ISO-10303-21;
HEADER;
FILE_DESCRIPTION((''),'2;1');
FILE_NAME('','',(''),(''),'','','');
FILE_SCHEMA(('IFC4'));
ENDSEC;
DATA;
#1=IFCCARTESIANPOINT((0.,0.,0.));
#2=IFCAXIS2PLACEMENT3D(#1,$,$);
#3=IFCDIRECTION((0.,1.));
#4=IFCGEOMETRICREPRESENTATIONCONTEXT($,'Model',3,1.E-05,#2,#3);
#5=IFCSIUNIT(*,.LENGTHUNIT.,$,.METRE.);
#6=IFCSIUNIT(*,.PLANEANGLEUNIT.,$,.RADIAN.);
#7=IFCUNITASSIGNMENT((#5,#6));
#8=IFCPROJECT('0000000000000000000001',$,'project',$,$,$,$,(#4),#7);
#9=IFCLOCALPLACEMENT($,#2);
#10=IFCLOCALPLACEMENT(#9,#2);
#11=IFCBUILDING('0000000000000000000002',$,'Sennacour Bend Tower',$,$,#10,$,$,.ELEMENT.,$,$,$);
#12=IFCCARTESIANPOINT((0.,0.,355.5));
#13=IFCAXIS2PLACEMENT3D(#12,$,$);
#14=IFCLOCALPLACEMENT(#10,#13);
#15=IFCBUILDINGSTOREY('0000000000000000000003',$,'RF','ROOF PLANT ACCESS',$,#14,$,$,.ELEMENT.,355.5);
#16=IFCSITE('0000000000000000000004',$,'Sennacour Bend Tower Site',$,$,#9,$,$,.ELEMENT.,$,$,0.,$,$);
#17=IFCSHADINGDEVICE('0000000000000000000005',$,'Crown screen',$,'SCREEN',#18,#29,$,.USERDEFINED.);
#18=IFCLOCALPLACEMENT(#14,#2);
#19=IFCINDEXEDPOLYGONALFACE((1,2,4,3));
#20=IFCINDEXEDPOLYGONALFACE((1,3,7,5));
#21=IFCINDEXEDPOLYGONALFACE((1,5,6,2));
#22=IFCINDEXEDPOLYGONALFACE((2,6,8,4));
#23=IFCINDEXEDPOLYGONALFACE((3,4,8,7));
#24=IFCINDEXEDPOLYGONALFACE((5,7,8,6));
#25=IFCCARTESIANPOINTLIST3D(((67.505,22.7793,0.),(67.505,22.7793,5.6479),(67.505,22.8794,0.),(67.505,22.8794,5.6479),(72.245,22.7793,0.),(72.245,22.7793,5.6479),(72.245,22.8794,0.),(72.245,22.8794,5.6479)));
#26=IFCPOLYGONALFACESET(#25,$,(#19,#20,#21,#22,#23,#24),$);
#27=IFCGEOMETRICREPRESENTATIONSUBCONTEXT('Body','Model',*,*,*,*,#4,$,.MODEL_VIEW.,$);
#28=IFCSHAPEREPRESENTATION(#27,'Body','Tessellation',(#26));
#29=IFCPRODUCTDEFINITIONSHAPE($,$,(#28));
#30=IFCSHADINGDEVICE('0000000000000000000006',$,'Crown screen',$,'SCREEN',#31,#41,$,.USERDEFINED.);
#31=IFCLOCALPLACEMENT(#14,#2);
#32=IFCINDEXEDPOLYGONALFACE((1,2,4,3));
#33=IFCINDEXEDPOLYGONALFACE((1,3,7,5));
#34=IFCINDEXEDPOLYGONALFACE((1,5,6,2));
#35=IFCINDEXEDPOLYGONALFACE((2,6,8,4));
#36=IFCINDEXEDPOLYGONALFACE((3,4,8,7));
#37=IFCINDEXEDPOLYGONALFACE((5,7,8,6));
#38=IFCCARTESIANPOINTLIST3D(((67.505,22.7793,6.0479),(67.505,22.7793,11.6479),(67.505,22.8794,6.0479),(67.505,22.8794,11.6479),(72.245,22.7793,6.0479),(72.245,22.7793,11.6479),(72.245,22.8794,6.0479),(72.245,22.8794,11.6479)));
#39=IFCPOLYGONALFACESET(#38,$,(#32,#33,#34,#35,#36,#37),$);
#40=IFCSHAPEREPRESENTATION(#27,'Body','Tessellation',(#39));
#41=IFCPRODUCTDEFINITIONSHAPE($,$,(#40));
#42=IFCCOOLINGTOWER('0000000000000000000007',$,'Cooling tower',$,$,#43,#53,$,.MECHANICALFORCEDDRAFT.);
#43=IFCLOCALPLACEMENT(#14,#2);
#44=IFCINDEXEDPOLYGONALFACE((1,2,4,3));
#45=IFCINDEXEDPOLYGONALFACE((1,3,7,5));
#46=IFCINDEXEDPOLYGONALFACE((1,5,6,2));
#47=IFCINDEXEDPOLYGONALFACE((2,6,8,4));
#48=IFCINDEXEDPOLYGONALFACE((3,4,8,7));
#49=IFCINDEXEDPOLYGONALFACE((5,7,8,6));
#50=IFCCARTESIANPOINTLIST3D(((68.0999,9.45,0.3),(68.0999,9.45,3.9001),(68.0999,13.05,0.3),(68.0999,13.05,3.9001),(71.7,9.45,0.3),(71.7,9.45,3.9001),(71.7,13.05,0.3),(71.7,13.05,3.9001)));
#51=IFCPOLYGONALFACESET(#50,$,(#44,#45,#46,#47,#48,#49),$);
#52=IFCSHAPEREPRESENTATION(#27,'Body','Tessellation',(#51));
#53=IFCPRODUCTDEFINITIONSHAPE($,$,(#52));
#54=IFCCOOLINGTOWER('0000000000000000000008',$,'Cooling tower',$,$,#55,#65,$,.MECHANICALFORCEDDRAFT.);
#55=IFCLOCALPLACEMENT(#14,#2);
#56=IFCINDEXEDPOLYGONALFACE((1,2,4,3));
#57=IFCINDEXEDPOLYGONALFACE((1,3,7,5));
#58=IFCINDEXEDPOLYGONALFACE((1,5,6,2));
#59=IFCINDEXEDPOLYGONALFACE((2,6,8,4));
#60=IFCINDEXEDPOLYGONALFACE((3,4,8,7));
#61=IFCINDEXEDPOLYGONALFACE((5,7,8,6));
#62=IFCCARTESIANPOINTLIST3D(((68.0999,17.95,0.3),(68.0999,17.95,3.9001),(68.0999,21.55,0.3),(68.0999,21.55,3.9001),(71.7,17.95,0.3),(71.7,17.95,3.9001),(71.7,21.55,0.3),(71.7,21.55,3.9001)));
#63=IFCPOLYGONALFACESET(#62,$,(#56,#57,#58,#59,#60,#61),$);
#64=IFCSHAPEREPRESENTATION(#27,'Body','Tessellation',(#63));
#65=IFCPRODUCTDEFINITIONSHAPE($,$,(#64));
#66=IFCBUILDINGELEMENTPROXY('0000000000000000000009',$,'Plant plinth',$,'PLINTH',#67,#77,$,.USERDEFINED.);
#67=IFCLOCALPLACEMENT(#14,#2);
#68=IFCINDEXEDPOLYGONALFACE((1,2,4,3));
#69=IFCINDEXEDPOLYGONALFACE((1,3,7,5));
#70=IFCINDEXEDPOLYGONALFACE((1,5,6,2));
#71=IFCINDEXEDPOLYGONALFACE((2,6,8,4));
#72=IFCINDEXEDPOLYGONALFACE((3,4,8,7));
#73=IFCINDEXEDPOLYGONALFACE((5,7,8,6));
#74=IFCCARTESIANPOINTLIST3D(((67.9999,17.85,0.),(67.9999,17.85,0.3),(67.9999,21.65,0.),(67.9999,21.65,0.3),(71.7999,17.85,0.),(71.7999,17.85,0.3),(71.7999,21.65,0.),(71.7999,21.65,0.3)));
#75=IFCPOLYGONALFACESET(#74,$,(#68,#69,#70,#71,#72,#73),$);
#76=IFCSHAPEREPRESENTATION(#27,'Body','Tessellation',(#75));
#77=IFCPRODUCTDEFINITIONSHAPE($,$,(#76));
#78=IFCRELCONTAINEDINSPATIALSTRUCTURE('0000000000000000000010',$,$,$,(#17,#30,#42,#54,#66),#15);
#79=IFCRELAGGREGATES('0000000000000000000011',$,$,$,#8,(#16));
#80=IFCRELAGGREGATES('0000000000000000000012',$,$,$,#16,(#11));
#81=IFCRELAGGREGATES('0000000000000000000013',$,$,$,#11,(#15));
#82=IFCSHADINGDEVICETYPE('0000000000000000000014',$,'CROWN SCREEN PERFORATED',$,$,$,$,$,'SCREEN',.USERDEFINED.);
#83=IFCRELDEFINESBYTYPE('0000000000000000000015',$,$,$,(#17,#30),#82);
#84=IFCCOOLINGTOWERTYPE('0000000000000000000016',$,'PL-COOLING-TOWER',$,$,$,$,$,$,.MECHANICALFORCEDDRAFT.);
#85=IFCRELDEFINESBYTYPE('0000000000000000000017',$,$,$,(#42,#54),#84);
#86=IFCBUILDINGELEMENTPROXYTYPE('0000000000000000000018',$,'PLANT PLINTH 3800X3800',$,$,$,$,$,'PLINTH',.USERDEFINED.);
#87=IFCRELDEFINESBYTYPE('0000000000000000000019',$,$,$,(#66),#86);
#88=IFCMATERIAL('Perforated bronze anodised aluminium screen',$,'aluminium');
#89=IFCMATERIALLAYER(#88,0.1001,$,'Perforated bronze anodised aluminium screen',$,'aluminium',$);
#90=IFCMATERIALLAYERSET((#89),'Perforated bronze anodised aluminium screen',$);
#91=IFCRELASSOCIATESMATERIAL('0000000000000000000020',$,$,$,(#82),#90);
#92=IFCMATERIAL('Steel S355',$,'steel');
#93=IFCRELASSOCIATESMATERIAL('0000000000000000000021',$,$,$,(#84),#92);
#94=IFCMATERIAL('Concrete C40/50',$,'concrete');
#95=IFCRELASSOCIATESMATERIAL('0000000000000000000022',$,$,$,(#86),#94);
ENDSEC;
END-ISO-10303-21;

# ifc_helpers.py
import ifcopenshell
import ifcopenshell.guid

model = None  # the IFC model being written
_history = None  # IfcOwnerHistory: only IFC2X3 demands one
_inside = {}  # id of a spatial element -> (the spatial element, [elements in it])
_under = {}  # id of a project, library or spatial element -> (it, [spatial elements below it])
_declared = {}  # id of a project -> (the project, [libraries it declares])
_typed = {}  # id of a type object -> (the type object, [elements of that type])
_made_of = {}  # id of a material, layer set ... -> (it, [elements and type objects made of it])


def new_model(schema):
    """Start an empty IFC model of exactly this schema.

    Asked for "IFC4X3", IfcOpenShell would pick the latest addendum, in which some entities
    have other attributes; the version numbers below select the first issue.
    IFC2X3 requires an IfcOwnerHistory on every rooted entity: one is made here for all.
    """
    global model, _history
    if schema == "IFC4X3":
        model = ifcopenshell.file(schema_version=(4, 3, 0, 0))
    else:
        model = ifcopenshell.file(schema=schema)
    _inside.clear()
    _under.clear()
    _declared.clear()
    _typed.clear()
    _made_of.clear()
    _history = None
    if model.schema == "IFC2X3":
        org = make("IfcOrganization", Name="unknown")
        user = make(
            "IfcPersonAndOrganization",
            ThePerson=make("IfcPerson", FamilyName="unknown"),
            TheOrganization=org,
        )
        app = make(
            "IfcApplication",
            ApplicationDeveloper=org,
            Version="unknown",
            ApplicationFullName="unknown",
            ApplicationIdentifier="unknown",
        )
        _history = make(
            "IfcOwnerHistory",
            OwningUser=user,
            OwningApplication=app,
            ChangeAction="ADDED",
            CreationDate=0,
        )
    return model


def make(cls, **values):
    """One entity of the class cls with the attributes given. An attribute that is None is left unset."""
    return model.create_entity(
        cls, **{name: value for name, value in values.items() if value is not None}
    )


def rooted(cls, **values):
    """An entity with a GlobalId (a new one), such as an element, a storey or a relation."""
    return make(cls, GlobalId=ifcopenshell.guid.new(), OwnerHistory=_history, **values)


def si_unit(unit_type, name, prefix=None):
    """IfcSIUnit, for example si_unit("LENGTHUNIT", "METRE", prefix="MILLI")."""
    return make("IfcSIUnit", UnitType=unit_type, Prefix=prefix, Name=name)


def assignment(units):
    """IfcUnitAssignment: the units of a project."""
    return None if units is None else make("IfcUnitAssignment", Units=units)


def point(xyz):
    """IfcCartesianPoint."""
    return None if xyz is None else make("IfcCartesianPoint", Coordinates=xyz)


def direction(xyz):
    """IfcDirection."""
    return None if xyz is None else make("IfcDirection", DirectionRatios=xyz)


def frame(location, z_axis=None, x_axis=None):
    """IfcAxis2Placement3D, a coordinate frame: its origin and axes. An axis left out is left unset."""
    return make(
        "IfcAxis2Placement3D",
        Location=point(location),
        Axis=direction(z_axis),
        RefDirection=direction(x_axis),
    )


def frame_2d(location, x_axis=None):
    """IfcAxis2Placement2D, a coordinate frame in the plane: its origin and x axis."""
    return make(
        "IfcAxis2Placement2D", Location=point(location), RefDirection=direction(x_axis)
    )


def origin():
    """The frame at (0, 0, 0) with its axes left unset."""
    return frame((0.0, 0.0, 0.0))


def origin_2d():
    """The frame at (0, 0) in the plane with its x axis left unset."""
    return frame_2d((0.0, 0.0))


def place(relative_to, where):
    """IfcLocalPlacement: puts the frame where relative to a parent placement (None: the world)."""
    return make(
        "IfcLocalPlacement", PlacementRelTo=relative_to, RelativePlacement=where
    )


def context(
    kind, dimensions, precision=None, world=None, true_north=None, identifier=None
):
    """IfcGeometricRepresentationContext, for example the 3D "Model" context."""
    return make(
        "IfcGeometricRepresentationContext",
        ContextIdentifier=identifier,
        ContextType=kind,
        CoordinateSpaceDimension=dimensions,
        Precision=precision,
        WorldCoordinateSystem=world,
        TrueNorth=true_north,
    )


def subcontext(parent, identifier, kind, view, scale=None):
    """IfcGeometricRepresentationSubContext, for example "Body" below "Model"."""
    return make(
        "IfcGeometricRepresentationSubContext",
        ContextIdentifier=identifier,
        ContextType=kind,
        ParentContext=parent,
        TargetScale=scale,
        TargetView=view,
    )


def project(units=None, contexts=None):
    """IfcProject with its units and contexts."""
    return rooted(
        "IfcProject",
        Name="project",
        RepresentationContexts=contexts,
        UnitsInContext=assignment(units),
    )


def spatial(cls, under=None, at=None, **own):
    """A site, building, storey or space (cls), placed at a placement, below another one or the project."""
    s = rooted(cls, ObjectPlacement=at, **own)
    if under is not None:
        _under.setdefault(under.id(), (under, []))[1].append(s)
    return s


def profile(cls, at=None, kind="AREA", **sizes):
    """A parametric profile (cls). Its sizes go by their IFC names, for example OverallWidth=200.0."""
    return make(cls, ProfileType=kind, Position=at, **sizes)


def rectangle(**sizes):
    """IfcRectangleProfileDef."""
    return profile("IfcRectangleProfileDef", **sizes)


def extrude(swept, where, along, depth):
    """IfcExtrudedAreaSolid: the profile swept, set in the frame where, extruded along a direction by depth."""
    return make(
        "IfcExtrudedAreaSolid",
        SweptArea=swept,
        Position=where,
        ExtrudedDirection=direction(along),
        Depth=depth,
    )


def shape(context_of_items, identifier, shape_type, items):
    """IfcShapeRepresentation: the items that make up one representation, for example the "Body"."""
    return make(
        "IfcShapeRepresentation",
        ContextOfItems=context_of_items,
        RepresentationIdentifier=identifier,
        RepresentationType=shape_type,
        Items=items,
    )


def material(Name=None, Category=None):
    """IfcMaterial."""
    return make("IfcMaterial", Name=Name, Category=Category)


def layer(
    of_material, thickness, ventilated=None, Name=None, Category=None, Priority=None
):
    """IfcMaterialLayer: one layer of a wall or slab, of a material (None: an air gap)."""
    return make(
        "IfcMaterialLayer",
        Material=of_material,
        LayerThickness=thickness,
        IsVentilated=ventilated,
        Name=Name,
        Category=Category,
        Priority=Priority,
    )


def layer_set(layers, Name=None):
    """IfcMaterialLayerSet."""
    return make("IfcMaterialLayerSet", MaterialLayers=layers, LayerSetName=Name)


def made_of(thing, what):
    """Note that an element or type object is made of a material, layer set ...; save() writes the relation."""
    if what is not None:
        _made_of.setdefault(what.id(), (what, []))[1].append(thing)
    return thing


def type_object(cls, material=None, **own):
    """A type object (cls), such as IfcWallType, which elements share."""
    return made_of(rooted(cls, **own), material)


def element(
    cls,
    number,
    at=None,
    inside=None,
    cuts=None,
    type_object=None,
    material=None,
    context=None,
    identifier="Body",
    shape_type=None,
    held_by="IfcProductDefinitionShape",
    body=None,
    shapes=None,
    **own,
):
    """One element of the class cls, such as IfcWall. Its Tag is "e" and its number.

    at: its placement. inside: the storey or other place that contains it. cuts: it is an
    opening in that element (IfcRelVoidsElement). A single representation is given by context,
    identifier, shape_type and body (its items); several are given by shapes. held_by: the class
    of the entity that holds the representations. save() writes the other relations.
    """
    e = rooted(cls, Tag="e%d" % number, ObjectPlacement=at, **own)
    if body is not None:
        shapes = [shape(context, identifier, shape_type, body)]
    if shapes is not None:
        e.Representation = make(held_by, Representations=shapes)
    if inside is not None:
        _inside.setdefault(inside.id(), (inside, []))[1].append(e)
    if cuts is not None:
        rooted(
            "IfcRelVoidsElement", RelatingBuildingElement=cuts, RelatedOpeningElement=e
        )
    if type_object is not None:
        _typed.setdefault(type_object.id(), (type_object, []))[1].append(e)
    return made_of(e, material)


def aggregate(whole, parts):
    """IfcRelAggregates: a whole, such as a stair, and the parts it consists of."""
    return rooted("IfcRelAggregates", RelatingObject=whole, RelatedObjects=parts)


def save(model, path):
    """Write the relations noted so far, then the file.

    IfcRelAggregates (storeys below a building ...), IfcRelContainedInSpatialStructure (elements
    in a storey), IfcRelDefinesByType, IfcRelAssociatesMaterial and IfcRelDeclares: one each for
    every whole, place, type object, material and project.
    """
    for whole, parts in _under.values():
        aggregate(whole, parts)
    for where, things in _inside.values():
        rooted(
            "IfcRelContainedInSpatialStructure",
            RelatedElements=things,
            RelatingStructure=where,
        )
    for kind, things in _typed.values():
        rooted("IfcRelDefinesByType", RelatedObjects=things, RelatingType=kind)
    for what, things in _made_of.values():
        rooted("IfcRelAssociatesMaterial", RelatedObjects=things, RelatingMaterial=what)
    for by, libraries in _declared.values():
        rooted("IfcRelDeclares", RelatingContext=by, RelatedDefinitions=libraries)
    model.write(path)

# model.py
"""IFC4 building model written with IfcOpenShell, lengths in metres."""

from ifc_helpers import new_model, si_unit, direction, frame, origin, origin_2d, place, context, subcontext, project, spatial, rectangle, extrude, material, layer, layer_set, type_object, element, save


model = new_model("IFC4")

# Units and contexts
model_context = context("Model", 3, precision=1e-05, world=origin(), true_north=direction((0.0, 1.0)))
body_context = subcontext(model_context, "Body", "Model", "MODEL_VIEW")
ifc_project = project(units=[si_unit("LENGTHUNIT", "METRE"), si_unit("PLANEANGLEUNIT", "RADIAN")], contexts=[model_context])

# Site, building, storey
site_placement = place(None, origin())
site = spatial("IfcSite", under=ifc_project, at=site_placement, Name="Sennacour Bend Tower Site", CompositionType="ELEMENT", RefElevation=0.0)
building_placement = place(site_placement, origin())
building = spatial("IfcBuilding", under=site, at=building_placement, Name="Sennacour Bend Tower", CompositionType="ELEMENT")
storey_placement = place(building_placement, frame((0.0, 0.0, 355.5)))
storey = spatial("IfcBuildingStorey", under=building, at=storey_placement, Name="RF", Description="ROOF PLANT ACCESS", CompositionType="ELEMENT", Elevation=355.5)

# Shading devices
ifc_material_1 = material(Name="Perforated bronze anodised aluminium screen", Category="aluminium")
ifc_layer_1 = layer(ifc_material_1, 0.1001, Name="Perforated bronze anodised aluminium screen", Category="aluminium")
ifc_layer_set_1 = layer_set([ifc_layer_1], Name="Perforated bronze anodised aluminium screen")
shading_device_type = type_object("IfcShadingDeviceType", Name="CROWN SCREEN PERFORATED", ElementType="SCREEN", PredefinedType="USERDEFINED", material=ifc_layer_set_1)
shading_device_1_placement = place(storey_placement, frame((69.875, 22.8293, 0.0), z_axis=(0.0, 0.0, 1.0), x_axis=(1.0, 0.0, 0.0)))
element("IfcShadingDevice", 1, at=shading_device_1_placement, inside=storey, type_object=shading_device_type, Name="Crown screen", ObjectType="SCREEN", PredefinedType="USERDEFINED", context=body_context, shape_type="SweptSolid", body=[
    extrude(rectangle(XDim=4.74, YDim=0.1001, at=origin_2d()), origin(), (0.0, 0.0, 1.0), 5.6479),
])
shading_device_2_placement = place(storey_placement, frame((69.875, 22.8293, 6.0479), z_axis=(0.0, 0.0, 1.0), x_axis=(1.0, 0.0, 0.0)))
element("IfcShadingDevice", 2, at=shading_device_2_placement, inside=storey, type_object=shading_device_type, Name="Crown screen", ObjectType="SCREEN", PredefinedType="USERDEFINED", context=body_context, shape_type="SweptSolid", body=[
    extrude(rectangle(XDim=4.74, YDim=0.1001, at=origin_2d()), origin(), (0.0, 0.0, 1.0), 5.6001),
])

# Cooling towers
ifc_material_2 = material(Name="Steel S355", Category="steel")
cooling_tower_type = type_object("IfcCoolingTowerType", Name="PL-COOLING-TOWER", PredefinedType="MECHANICALFORCEDDRAFT", material=ifc_material_2)
for number, where, z_axis, x_axis, name in (
    (3, (69.8999, 11.25, 0.3), (0.0, 0.0, 1.0), (1.0, 0.0, 0.0), "Cooling tower"),
    (4, (69.8999, 19.75, 0.3), (0.0, 0.0, 1.0), (1.0, 0.0, 0.0), "Cooling tower"),
):
    element("IfcCoolingTower", number, at=place(storey_placement, frame(where, z_axis=z_axis, x_axis=x_axis)), inside=storey, type_object=cooling_tower_type, Name=name, PredefinedType="MECHANICALFORCEDDRAFT", context=body_context, shape_type="SweptSolid", body=[
        extrude(rectangle(XDim=3.6001, YDim=3.6001, at=origin_2d()), origin(), (0.0, 0.0, 1.0), 3.6001),
    ])

# Building element proxy
ifc_material_3 = material(Name="Concrete C40/50", Category="concrete")
building_element_proxy_type = type_object("IfcBuildingElementProxyType", Name="PLANT PLINTH 3800X3800", ElementType="PLINTH", PredefinedType="USERDEFINED", material=ifc_material_3)
proxy_placement = place(storey_placement, frame((69.8999, 19.75, 0.0), z_axis=(0.0, 0.0, 1.0), x_axis=(1.0, 0.0, 0.0)))
element("IfcBuildingElementProxy", 5, at=proxy_placement, inside=storey, type_object=building_element_proxy_type, Name="Plant plinth", ObjectType="PLINTH", PredefinedType="USERDEFINED", context=body_context, shape_type="SweptSolid", body=[
    extrude(rectangle(XDim=3.8, YDim=3.8, at=origin_2d()), origin(), (0.0, 0.0, 1.0), 0.3),
])

save(model, "model.ifc")
